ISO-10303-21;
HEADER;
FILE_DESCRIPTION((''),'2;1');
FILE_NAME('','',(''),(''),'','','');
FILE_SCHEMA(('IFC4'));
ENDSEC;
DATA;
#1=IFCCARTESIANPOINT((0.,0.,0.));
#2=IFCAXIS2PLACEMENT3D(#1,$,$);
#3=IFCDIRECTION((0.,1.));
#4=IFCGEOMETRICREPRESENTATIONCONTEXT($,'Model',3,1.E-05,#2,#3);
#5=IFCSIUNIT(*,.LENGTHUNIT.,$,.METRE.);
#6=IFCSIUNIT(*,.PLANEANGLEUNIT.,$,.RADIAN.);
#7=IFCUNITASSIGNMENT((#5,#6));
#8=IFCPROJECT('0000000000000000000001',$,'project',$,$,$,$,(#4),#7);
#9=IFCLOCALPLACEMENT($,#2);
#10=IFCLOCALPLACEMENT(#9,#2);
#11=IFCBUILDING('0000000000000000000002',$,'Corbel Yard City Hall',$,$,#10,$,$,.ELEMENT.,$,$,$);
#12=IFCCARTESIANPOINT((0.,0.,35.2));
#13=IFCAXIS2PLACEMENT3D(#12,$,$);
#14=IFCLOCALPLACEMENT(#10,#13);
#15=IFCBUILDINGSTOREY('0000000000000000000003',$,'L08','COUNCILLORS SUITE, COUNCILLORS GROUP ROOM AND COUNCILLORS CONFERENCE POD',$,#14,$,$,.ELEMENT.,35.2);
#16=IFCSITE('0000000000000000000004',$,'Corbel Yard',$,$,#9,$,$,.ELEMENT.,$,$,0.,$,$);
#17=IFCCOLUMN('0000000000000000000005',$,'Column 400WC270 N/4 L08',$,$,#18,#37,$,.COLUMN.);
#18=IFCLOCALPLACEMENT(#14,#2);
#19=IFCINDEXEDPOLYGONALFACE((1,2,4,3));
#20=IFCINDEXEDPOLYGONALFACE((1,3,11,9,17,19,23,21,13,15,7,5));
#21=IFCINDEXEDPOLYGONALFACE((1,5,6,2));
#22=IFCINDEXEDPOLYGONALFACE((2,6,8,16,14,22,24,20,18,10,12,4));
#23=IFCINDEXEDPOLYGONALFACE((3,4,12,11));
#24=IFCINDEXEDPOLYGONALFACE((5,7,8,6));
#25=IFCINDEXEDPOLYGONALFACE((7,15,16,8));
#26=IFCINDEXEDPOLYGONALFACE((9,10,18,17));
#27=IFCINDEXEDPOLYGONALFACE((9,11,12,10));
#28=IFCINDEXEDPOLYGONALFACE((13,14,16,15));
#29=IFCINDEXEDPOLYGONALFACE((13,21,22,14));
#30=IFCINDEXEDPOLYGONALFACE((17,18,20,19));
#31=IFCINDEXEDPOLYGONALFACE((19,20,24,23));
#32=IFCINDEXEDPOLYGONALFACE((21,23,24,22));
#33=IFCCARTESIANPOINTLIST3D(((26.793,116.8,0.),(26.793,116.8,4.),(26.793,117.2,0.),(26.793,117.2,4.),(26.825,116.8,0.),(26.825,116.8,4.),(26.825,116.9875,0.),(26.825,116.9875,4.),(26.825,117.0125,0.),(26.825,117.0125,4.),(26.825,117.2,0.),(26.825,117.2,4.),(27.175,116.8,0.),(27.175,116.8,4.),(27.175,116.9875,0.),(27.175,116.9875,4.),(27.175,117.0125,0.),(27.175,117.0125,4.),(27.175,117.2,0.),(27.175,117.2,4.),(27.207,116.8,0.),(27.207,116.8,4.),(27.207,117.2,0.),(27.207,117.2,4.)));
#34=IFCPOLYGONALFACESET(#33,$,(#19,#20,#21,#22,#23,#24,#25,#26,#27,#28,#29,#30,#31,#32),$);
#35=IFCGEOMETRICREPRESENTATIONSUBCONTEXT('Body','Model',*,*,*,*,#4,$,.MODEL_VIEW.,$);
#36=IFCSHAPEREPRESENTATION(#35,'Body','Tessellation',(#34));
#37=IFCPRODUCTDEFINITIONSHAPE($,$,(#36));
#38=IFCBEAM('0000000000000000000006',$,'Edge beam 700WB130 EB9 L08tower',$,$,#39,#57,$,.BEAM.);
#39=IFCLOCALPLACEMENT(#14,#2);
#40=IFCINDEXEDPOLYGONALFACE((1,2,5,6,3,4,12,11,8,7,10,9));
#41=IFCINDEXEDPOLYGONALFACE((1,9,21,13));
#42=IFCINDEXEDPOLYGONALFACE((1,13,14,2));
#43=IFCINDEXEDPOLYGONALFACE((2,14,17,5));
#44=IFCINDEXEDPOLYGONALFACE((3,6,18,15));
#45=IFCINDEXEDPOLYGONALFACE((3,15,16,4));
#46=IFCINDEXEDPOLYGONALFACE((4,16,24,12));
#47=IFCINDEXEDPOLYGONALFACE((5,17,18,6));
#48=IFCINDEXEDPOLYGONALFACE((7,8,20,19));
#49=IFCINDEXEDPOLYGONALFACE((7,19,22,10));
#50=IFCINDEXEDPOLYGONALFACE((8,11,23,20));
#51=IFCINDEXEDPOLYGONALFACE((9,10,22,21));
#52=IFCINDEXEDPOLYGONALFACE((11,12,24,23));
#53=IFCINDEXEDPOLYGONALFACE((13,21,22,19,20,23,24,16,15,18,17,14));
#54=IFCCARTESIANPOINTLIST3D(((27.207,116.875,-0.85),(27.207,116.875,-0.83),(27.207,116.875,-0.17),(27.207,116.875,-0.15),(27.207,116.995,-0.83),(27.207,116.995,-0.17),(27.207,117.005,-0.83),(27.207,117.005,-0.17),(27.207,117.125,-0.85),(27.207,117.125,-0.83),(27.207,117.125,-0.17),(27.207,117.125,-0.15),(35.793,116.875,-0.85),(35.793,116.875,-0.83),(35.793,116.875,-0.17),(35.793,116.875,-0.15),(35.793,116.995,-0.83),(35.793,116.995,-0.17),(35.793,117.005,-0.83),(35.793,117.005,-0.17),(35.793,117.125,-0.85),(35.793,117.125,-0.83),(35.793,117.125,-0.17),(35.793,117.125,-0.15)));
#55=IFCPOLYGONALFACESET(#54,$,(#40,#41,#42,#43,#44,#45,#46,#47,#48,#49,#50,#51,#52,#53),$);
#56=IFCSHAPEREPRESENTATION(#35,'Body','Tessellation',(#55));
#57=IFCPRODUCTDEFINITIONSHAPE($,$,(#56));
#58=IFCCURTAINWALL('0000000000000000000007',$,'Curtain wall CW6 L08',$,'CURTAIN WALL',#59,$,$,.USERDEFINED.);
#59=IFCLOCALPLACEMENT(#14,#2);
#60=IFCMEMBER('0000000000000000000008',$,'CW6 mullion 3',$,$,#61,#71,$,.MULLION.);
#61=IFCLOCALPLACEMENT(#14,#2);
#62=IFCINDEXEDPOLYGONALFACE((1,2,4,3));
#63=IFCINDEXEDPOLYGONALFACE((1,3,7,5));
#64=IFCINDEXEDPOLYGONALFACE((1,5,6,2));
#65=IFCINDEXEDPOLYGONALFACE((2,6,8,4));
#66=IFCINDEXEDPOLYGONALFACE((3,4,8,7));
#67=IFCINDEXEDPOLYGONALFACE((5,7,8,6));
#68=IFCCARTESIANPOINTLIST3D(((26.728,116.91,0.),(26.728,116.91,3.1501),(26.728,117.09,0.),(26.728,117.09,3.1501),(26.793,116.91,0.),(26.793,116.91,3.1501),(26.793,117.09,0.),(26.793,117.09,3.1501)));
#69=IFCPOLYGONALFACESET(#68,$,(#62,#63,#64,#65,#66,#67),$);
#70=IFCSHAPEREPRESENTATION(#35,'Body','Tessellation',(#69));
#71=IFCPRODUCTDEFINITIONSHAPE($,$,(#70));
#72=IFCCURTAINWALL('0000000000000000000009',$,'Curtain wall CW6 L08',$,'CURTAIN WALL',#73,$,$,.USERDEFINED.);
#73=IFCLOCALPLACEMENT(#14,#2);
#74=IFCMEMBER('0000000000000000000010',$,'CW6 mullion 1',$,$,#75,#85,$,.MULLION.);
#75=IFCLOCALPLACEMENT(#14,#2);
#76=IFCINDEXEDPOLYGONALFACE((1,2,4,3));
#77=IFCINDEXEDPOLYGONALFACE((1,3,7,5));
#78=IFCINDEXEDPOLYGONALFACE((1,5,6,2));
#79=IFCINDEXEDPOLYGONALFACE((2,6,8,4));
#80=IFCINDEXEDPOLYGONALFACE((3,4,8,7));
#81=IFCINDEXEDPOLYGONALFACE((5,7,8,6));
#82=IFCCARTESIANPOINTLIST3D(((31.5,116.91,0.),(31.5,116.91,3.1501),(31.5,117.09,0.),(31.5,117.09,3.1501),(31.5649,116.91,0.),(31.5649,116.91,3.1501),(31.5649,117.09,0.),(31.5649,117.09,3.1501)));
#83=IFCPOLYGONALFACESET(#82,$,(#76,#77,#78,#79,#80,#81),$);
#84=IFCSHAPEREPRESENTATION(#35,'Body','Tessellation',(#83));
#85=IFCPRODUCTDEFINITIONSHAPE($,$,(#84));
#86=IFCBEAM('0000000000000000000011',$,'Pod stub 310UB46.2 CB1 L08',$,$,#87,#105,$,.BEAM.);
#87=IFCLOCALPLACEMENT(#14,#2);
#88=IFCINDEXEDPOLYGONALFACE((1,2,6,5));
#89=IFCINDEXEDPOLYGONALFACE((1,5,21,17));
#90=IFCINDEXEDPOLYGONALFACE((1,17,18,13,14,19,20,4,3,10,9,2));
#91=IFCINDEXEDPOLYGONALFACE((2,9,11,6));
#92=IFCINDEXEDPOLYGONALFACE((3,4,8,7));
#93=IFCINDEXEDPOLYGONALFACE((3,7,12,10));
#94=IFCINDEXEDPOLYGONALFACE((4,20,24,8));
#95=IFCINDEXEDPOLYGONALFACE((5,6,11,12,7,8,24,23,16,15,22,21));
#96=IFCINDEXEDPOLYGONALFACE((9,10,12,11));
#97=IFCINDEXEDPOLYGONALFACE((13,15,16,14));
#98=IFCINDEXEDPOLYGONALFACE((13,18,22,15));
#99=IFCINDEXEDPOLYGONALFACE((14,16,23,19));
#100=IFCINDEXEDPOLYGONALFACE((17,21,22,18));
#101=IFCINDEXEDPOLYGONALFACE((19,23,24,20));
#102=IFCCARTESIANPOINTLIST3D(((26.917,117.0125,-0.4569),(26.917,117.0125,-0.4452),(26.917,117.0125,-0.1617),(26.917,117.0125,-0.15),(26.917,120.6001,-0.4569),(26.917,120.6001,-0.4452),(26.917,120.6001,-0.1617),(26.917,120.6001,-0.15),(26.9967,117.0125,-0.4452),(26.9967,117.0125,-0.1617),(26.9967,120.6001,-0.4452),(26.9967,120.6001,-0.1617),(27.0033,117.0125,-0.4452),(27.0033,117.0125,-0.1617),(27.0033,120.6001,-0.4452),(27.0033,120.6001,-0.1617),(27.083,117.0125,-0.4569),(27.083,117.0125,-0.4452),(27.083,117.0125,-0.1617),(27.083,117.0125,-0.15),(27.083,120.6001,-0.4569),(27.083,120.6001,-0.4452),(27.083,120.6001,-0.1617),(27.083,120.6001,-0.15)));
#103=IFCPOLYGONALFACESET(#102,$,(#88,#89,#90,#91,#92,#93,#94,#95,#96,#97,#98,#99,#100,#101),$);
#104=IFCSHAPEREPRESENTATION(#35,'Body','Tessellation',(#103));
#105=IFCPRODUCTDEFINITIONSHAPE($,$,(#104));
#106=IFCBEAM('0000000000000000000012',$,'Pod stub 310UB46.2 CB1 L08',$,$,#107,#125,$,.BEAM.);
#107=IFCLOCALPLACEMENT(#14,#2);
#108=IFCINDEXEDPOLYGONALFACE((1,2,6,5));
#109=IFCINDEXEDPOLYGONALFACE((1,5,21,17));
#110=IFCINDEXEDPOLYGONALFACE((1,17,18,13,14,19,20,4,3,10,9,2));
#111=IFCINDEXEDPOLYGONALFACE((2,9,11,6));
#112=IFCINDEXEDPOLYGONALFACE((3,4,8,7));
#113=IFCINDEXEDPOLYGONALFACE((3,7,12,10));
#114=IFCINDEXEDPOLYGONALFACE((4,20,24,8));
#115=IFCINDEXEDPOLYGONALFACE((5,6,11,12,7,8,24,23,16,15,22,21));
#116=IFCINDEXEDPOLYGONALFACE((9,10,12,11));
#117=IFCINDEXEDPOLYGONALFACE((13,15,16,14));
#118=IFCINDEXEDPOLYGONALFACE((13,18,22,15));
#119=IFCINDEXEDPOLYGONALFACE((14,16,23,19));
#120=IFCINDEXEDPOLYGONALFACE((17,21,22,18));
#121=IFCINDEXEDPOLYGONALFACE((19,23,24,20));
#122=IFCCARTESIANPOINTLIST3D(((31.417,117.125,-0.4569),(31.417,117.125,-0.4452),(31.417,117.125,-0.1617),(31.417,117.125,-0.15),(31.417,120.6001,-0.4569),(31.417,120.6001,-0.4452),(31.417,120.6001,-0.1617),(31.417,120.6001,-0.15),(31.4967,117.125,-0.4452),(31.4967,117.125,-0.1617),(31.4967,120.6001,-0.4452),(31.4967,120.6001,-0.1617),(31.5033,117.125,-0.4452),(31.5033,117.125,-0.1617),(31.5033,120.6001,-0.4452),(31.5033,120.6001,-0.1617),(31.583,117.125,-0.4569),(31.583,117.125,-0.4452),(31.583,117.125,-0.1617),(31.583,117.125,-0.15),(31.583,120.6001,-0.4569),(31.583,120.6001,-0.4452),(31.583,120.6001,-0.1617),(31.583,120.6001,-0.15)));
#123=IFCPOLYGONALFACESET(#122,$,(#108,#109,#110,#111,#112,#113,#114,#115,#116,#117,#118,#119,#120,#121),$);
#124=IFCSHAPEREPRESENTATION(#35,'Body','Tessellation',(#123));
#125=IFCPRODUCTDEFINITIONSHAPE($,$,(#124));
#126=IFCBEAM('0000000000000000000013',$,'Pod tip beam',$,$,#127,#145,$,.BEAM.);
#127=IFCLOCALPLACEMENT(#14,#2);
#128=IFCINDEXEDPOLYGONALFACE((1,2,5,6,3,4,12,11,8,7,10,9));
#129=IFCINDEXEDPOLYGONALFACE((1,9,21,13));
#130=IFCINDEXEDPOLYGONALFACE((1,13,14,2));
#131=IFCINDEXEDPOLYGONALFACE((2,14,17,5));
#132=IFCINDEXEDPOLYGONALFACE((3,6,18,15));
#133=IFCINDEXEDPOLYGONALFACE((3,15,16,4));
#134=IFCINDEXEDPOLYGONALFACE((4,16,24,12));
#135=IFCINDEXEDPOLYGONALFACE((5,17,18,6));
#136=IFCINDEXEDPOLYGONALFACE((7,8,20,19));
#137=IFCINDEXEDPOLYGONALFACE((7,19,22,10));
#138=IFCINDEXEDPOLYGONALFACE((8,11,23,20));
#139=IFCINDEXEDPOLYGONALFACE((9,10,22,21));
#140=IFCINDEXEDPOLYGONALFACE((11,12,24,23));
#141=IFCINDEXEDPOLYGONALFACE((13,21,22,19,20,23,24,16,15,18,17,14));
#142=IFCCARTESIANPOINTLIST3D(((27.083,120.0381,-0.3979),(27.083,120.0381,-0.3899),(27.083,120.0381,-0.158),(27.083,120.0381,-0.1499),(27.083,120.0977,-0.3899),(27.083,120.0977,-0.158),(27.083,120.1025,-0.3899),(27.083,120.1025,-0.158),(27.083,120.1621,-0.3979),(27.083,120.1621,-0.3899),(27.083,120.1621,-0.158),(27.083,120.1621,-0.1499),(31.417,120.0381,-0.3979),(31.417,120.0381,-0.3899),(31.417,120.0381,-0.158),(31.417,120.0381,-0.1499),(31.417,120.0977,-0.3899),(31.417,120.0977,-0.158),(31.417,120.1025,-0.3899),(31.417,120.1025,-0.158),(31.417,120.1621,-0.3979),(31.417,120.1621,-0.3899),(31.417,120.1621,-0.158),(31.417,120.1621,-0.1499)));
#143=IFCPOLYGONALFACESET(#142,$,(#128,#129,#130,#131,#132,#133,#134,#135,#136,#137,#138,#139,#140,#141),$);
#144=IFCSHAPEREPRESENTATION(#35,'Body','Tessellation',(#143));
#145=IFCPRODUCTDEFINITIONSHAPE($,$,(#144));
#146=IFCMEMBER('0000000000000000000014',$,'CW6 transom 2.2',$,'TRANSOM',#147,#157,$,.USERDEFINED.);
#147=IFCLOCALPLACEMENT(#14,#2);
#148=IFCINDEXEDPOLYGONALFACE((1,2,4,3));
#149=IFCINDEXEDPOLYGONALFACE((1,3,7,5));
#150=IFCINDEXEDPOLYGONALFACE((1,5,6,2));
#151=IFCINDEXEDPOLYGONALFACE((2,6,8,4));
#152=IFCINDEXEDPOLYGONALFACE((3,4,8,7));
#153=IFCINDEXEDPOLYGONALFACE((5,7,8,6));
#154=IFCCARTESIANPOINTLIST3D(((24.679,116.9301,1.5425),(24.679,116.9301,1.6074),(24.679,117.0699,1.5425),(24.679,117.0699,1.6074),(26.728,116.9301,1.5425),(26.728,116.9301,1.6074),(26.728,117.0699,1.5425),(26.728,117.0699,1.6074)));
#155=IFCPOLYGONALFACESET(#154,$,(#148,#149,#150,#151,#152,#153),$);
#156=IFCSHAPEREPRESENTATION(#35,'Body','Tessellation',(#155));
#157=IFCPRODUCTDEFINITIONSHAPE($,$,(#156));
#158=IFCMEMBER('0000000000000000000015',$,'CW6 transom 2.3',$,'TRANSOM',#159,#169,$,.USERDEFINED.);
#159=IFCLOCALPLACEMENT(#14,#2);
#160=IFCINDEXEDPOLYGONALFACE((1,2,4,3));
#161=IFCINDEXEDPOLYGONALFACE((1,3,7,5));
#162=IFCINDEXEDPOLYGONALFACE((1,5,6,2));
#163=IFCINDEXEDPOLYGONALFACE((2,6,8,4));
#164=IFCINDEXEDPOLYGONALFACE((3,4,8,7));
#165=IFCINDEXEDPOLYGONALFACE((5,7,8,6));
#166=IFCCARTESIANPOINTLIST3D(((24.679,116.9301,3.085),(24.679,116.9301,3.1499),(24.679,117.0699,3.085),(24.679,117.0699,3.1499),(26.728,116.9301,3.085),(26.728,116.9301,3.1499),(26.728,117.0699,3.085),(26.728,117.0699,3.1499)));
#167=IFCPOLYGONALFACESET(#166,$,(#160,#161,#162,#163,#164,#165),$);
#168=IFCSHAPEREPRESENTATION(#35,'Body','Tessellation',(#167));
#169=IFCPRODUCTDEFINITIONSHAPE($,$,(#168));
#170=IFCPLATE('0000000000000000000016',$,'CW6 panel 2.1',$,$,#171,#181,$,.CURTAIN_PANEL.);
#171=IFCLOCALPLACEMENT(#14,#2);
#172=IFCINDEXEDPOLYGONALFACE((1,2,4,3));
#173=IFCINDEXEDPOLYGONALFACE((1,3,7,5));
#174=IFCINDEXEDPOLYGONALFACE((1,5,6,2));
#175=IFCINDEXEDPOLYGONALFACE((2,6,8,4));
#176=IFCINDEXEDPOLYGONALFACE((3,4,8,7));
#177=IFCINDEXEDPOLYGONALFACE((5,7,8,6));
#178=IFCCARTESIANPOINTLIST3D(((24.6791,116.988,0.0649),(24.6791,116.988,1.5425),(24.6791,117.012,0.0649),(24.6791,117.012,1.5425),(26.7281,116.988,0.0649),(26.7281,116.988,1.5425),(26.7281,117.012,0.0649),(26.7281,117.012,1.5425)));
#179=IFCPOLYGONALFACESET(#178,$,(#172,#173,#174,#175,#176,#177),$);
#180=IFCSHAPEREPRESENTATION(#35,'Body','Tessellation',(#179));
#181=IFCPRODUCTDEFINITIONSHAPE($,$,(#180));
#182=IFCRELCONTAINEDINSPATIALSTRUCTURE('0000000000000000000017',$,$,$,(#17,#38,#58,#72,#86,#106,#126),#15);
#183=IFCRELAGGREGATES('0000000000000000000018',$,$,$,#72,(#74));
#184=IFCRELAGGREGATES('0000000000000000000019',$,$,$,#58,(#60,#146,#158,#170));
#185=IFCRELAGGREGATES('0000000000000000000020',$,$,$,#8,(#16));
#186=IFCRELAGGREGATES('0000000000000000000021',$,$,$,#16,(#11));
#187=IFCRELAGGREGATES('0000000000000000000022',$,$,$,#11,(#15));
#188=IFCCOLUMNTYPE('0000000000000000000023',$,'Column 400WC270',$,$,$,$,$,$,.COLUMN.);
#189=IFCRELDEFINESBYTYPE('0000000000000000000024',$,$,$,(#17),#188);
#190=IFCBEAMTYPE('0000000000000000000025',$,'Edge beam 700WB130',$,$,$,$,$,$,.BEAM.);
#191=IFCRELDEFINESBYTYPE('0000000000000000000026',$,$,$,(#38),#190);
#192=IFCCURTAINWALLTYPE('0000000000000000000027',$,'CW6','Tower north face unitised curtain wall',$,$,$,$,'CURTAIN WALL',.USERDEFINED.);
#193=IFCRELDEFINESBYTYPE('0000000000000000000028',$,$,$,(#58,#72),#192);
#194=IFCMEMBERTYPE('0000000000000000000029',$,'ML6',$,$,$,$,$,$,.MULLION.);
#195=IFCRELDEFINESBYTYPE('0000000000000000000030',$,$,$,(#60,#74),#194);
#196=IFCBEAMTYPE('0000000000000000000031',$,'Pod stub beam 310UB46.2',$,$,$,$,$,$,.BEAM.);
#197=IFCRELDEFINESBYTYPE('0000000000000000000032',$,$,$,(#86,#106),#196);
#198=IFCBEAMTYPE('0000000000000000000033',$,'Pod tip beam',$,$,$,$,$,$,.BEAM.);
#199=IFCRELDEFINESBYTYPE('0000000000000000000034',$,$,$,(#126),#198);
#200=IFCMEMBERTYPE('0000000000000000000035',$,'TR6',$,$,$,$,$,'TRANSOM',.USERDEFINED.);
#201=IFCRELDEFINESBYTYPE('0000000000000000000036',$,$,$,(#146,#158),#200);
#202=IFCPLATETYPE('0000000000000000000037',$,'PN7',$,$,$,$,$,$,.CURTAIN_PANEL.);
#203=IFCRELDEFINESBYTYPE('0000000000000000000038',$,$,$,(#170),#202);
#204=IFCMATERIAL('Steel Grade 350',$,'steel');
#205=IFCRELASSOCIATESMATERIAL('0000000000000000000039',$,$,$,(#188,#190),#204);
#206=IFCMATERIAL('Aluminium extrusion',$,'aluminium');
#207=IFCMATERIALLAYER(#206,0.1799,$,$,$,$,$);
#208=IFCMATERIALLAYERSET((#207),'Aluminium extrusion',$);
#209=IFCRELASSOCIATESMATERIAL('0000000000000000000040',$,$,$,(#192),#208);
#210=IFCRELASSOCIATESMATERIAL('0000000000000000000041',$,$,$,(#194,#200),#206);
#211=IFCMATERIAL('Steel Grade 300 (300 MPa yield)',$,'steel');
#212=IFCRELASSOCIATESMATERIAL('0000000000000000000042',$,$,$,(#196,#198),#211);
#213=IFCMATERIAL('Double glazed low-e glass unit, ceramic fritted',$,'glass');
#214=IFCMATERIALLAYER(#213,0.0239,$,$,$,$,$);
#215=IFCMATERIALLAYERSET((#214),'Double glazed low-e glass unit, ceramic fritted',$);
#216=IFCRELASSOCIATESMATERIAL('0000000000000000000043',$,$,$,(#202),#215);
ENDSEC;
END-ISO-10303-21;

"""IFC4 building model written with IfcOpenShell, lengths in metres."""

from ifc_helpers import new_model, si_unit, direction, frame, origin, origin_2d, place, context, subcontext, project, spatial, rectangle, i_section, extrude, material, layer, layer_set, material_profile, profile_set, type_object, element, aggregate, save


model = new_model("IFC4")

# Units and contexts
model_context = context("Model", 3, precision=1e-05, world=origin(), true_north=direction((0.0, 1.0)))
body_context = subcontext(model_context, "Body", "Model", "MODEL_VIEW")
ifc_project = project(units=[si_unit("LENGTHUNIT", "METRE"), si_unit("PLANEANGLEUNIT", "RADIAN")], contexts=[model_context])

# Site, building, storey
site_placement = place(None, origin())
site = spatial("IfcSite", under=ifc_project, at=site_placement, Name="Corbel Yard", CompositionType="ELEMENT", RefElevation=0.0)
building_placement = place(site_placement, origin())
building = spatial("IfcBuilding", under=site, at=building_placement, Name="Corbel Yard City Hall", CompositionType="ELEMENT")
storey_placement = place(building_placement, frame((0.0, 0.0, 35.2)))
storey = spatial("IfcBuildingStorey", under=building, at=storey_placement, Name="L08", Description="COUNCILLORS SUITE, COUNCILLORS GROUP ROOM AND COUNCILLORS CONFERENCE POD", CompositionType="ELEMENT", Elevation=35.2)

# Column
ifc_material_1 = material(Name="Steel Grade 350", Category="steel")
ifc_material_profile_1 = material_profile(ifc_material_1, i_section(OverallWidth=0.3999, OverallDepth=0.4141, WebThickness=0.0249, FlangeThickness=0.032, at=origin_2d()), Name="400WC270")
ifc_profile_set_1 = profile_set([ifc_material_profile_1], Name="Steel Grade 350")
column_type = type_object("IfcColumnType", Name="Column 400WC270", PredefinedType="COLUMN", material=ifc_profile_set_1)
column_placement = place(storey_placement, frame((27.0, 117.0, 0.0), z_axis=(0.0, 0.0, 1.0), x_axis=(0.0, 1.0, 0.0)))
element("IfcColumn", 1, at=column_placement, inside=storey, type_object=column_type, Name="Column 400WC270 N/4 L08", PredefinedType="COLUMN", context=body_context, shape_type="SweptSolid", body=[
    extrude(i_section(OverallWidth=0.3999, OverallDepth=0.4141, WebThickness=0.0249, FlangeThickness=0.032, at=origin_2d()), origin(), (0.0, 0.0, 1.0), 4.0),
])

# Beam
ifc_material_profile_2 = material_profile(ifc_material_1, i_section(OverallWidth=0.25, OverallDepth=0.7, WebThickness=0.01, FlangeThickness=0.02, at=origin_2d()), Name="700WB130")
ifc_profile_set_2 = profile_set([ifc_material_profile_2], Name="Steel Grade 350")
beam_type_1 = type_object("IfcBeamType", Name="Edge beam 700WB130", PredefinedType="BEAM", material=ifc_profile_set_2)
beam_1_placement = place(storey_placement, frame((27.207, 117.0, -0.5), z_axis=(1.0, 0.0, 0.0), x_axis=(0.0, 1.0, 0.0)))
element("IfcBeam", 2, at=beam_1_placement, inside=storey, type_object=beam_type_1, Name="Edge beam 700WB130 EB9 L08tower", PredefinedType="BEAM", context=body_context, shape_type="SweptSolid", body=[
    extrude(i_section(OverallWidth=0.25, OverallDepth=0.7, WebThickness=0.01, FlangeThickness=0.02, at=origin_2d()), origin(), (0.0, 0.0, 1.0), 8.5859),
])

# Curtain walls, members
ifc_material_2 = material(Name="Aluminium extrusion", Category="aluminium")
ifc_layer_1 = layer(ifc_material_2, 0.1799)
ifc_layer_set_1 = layer_set([ifc_layer_1], Name="Aluminium extrusion")
curtain_wall_type = type_object("IfcCurtainWallType", Name="CW6", Description="Tower north face unitised curtain wall", ElementType="CURTAIN WALL", PredefinedType="USERDEFINED", material=ifc_layer_set_1)
curtain_wall_1_placement = place(storey_placement, origin())
curtain_wall_1 = element("IfcCurtainWall", 3, at=curtain_wall_1_placement, inside=storey, type_object=curtain_wall_type, Name="Curtain wall CW6 L08", ObjectType="CURTAIN WALL", PredefinedType="USERDEFINED")
ifc_material_profile_3 = material_profile(ifc_material_2, rectangle(XDim=0.1799, YDim=0.0649, at=origin_2d()), Name="180x65")
ifc_profile_set_3 = profile_set([ifc_material_profile_3], Name="Aluminium extrusion")
member_type_1 = type_object("IfcMemberType", Name="ML6", PredefinedType="MULLION", material=ifc_profile_set_3)
member_1_placement = place(storey_placement, frame((26.7605, 117.0, 0.0), z_axis=(0.0, 0.0, 1.0), x_axis=(0.0, 1.0, 0.0)))
member_1 = element("IfcMember", 4, at=member_1_placement, type_object=member_type_1, Name="CW6 mullion 3", PredefinedType="MULLION", context=body_context, shape_type="SweptSolid", body=[
    extrude(rectangle(XDim=0.1799, YDim=0.0649, at=origin_2d()), origin(), (0.0, 0.0, 1.0), 3.1501),
])
curtain_wall_2_placement = place(storey_placement, origin())
curtain_wall_2 = element("IfcCurtainWall", 5, at=curtain_wall_2_placement, inside=storey, type_object=curtain_wall_type, Name="Curtain wall CW6 L08", ObjectType="CURTAIN WALL", PredefinedType="USERDEFINED")
member_2_placement = place(storey_placement, frame((31.5325, 117.0, 0.0), z_axis=(0.0, 0.0, 1.0), x_axis=(0.0, 1.0, 0.0)))
member_2 = element("IfcMember", 6, at=member_2_placement, type_object=member_type_1, Name="CW6 mullion 1", PredefinedType="MULLION", context=body_context, shape_type="SweptSolid", body=[
    extrude(rectangle(XDim=0.1799, YDim=0.0649, at=origin_2d()), origin(), (0.0, 0.0, 1.0), 3.1501),
])
aggregate(curtain_wall_2, [member_2])

# Beams
ifc_material_3 = material(Name="Steel Grade 300 (300 MPa yield)", Category="steel")
ifc_material_profile_4 = material_profile(ifc_material_3, i_section(OverallWidth=0.166, OverallDepth=0.3069, WebThickness=0.0066, FlangeThickness=0.0117, at=origin_2d()), Name="310UB46.2")
ifc_profile_set_4 = profile_set([ifc_material_profile_4], Name="Steel Grade 300 (300 MPa yield)")
beam_type_2 = type_object("IfcBeamType", Name="Pod stub beam 310UB46.2", PredefinedType="BEAM", material=ifc_profile_set_4)
beam_2_placement = place(storey_placement, frame((27.0, 117.0125, -0.3035), z_axis=(0.0, 1.0, 0.0), x_axis=(-1.0, 0.0, 0.0)))
element("IfcBeam", 7, at=beam_2_placement, inside=storey, type_object=beam_type_2, Name="Pod stub 310UB46.2 CB1 L08", PredefinedType="BEAM", context=body_context, shape_type="SweptSolid", body=[
    extrude(i_section(OverallWidth=0.166, OverallDepth=0.3069, WebThickness=0.0066, FlangeThickness=0.0117, at=origin_2d()), origin(), (0.0, 0.0, 1.0), 3.5876),
])
beam_3_placement = place(storey_placement, frame((31.5, 117.125, -0.3035), z_axis=(0.0, 1.0, 0.0), x_axis=(-1.0, 0.0, 0.0)))
element("IfcBeam", 8, at=beam_3_placement, inside=storey, type_object=beam_type_2, Name="Pod stub 310UB46.2 CB1 L08", PredefinedType="BEAM", context=body_context, shape_type="SweptSolid", body=[
    extrude(i_section(OverallWidth=0.166, OverallDepth=0.3069, WebThickness=0.0066, FlangeThickness=0.0117, at=origin_2d()), origin(), (0.0, 0.0, 1.0), 3.4751),
])
ifc_material_profile_5 = material_profile(ifc_material_3, i_section(OverallWidth=0.124, OverallDepth=0.248, WebThickness=0.0049, FlangeThickness=0.0081, at=origin_2d()), Name="250UB25.7")
ifc_profile_set_5 = profile_set([ifc_material_profile_5], Name="Steel Grade 300 (300 MPa yield)")
beam_type_3 = type_object("IfcBeamType", Name="Pod tip beam", PredefinedType="BEAM", material=ifc_profile_set_5)
beam_4_placement = place(storey_placement, frame((27.083, 120.1001, -0.2739), z_axis=(1.0, 0.0, 0.0), x_axis=(0.0, 1.0, 0.0)))
element("IfcBeam", 9, at=beam_4_placement, inside=storey, type_object=beam_type_3, Name="Pod tip beam", PredefinedType="BEAM", context=body_context, shape_type="SweptSolid", body=[
    extrude(i_section(OverallWidth=0.124, OverallDepth=0.248, WebThickness=0.0049, FlangeThickness=0.0081, at=origin_2d()), origin(), (0.0, 0.0, 1.0), 4.334),
])

# Members
ifc_material_profile_6 = material_profile(ifc_material_2, rectangle(XDim=0.1399, YDim=0.0649, at=origin_2d()), Name="140x65")
ifc_profile_set_6 = profile_set([ifc_material_profile_6], Name="Aluminium extrusion")
member_type_2 = type_object("IfcMemberType", Name="TR6", ElementType="TRANSOM", PredefinedType="USERDEFINED", material=ifc_profile_set_6)
member_3_placement = place(storey_placement, frame((24.679, 117.0, 1.575), z_axis=(1.0, 0.0, 0.0), x_axis=(0.0, 1.0, 0.0)))
member_3 = element("IfcMember", 10, at=member_3_placement, type_object=member_type_2, Name="CW6 transom 2.2", ObjectType="TRANSOM", PredefinedType="USERDEFINED", context=body_context, shape_type="SweptSolid", body=[
    extrude(rectangle(XDim=0.1399, YDim=0.0649, at=origin_2d()), origin(), (0.0, 0.0, 1.0), 2.0491),
])
member_4_placement = place(storey_placement, frame((24.679, 117.0, 3.1174), z_axis=(1.0, 0.0, 0.0), x_axis=(0.0, 1.0, 0.0)))
member_4 = element("IfcMember", 11, at=member_4_placement, type_object=member_type_2, Name="CW6 transom 2.3", ObjectType="TRANSOM", PredefinedType="USERDEFINED", context=body_context, shape_type="SweptSolid", body=[
    extrude(rectangle(XDim=0.1399, YDim=0.0649, at=origin_2d()), origin(), (0.0, 0.0, 1.0), 2.0491),
])

# Plate
ifc_material_4 = material(Name="Double glazed low-e glass unit, ceramic fritted", Category="glass")
ifc_layer_2 = layer(ifc_material_4, 0.0239)
ifc_layer_set_2 = layer_set([ifc_layer_2], Name="Double glazed low-e glass unit, ceramic fritted")
plate_type = type_object("IfcPlateType", Name="PN7", PredefinedType="CURTAIN_PANEL", material=ifc_layer_set_2)
plate_1_placement = place(storey_placement, frame((25.7036, 117.0, 0.0649), z_axis=(0.0, 0.0, 1.0), x_axis=(1.0, 0.0, 0.0)))
plate_1 = element("IfcPlate", 12, at=plate_1_placement, type_object=plate_type, Name="CW6 panel 2.1", PredefinedType="CURTAIN_PANEL", context=body_context, shape_type="SweptSolid", body=[
    extrude(rectangle(XDim=2.0491, YDim=0.0239, at=origin_2d()), origin(), (0.0, 0.0, 1.0), 1.4775),
])
aggregate(curtain_wall_1, [member_1, member_3, member_4, plate_1])

save(model, "model.ifc")
